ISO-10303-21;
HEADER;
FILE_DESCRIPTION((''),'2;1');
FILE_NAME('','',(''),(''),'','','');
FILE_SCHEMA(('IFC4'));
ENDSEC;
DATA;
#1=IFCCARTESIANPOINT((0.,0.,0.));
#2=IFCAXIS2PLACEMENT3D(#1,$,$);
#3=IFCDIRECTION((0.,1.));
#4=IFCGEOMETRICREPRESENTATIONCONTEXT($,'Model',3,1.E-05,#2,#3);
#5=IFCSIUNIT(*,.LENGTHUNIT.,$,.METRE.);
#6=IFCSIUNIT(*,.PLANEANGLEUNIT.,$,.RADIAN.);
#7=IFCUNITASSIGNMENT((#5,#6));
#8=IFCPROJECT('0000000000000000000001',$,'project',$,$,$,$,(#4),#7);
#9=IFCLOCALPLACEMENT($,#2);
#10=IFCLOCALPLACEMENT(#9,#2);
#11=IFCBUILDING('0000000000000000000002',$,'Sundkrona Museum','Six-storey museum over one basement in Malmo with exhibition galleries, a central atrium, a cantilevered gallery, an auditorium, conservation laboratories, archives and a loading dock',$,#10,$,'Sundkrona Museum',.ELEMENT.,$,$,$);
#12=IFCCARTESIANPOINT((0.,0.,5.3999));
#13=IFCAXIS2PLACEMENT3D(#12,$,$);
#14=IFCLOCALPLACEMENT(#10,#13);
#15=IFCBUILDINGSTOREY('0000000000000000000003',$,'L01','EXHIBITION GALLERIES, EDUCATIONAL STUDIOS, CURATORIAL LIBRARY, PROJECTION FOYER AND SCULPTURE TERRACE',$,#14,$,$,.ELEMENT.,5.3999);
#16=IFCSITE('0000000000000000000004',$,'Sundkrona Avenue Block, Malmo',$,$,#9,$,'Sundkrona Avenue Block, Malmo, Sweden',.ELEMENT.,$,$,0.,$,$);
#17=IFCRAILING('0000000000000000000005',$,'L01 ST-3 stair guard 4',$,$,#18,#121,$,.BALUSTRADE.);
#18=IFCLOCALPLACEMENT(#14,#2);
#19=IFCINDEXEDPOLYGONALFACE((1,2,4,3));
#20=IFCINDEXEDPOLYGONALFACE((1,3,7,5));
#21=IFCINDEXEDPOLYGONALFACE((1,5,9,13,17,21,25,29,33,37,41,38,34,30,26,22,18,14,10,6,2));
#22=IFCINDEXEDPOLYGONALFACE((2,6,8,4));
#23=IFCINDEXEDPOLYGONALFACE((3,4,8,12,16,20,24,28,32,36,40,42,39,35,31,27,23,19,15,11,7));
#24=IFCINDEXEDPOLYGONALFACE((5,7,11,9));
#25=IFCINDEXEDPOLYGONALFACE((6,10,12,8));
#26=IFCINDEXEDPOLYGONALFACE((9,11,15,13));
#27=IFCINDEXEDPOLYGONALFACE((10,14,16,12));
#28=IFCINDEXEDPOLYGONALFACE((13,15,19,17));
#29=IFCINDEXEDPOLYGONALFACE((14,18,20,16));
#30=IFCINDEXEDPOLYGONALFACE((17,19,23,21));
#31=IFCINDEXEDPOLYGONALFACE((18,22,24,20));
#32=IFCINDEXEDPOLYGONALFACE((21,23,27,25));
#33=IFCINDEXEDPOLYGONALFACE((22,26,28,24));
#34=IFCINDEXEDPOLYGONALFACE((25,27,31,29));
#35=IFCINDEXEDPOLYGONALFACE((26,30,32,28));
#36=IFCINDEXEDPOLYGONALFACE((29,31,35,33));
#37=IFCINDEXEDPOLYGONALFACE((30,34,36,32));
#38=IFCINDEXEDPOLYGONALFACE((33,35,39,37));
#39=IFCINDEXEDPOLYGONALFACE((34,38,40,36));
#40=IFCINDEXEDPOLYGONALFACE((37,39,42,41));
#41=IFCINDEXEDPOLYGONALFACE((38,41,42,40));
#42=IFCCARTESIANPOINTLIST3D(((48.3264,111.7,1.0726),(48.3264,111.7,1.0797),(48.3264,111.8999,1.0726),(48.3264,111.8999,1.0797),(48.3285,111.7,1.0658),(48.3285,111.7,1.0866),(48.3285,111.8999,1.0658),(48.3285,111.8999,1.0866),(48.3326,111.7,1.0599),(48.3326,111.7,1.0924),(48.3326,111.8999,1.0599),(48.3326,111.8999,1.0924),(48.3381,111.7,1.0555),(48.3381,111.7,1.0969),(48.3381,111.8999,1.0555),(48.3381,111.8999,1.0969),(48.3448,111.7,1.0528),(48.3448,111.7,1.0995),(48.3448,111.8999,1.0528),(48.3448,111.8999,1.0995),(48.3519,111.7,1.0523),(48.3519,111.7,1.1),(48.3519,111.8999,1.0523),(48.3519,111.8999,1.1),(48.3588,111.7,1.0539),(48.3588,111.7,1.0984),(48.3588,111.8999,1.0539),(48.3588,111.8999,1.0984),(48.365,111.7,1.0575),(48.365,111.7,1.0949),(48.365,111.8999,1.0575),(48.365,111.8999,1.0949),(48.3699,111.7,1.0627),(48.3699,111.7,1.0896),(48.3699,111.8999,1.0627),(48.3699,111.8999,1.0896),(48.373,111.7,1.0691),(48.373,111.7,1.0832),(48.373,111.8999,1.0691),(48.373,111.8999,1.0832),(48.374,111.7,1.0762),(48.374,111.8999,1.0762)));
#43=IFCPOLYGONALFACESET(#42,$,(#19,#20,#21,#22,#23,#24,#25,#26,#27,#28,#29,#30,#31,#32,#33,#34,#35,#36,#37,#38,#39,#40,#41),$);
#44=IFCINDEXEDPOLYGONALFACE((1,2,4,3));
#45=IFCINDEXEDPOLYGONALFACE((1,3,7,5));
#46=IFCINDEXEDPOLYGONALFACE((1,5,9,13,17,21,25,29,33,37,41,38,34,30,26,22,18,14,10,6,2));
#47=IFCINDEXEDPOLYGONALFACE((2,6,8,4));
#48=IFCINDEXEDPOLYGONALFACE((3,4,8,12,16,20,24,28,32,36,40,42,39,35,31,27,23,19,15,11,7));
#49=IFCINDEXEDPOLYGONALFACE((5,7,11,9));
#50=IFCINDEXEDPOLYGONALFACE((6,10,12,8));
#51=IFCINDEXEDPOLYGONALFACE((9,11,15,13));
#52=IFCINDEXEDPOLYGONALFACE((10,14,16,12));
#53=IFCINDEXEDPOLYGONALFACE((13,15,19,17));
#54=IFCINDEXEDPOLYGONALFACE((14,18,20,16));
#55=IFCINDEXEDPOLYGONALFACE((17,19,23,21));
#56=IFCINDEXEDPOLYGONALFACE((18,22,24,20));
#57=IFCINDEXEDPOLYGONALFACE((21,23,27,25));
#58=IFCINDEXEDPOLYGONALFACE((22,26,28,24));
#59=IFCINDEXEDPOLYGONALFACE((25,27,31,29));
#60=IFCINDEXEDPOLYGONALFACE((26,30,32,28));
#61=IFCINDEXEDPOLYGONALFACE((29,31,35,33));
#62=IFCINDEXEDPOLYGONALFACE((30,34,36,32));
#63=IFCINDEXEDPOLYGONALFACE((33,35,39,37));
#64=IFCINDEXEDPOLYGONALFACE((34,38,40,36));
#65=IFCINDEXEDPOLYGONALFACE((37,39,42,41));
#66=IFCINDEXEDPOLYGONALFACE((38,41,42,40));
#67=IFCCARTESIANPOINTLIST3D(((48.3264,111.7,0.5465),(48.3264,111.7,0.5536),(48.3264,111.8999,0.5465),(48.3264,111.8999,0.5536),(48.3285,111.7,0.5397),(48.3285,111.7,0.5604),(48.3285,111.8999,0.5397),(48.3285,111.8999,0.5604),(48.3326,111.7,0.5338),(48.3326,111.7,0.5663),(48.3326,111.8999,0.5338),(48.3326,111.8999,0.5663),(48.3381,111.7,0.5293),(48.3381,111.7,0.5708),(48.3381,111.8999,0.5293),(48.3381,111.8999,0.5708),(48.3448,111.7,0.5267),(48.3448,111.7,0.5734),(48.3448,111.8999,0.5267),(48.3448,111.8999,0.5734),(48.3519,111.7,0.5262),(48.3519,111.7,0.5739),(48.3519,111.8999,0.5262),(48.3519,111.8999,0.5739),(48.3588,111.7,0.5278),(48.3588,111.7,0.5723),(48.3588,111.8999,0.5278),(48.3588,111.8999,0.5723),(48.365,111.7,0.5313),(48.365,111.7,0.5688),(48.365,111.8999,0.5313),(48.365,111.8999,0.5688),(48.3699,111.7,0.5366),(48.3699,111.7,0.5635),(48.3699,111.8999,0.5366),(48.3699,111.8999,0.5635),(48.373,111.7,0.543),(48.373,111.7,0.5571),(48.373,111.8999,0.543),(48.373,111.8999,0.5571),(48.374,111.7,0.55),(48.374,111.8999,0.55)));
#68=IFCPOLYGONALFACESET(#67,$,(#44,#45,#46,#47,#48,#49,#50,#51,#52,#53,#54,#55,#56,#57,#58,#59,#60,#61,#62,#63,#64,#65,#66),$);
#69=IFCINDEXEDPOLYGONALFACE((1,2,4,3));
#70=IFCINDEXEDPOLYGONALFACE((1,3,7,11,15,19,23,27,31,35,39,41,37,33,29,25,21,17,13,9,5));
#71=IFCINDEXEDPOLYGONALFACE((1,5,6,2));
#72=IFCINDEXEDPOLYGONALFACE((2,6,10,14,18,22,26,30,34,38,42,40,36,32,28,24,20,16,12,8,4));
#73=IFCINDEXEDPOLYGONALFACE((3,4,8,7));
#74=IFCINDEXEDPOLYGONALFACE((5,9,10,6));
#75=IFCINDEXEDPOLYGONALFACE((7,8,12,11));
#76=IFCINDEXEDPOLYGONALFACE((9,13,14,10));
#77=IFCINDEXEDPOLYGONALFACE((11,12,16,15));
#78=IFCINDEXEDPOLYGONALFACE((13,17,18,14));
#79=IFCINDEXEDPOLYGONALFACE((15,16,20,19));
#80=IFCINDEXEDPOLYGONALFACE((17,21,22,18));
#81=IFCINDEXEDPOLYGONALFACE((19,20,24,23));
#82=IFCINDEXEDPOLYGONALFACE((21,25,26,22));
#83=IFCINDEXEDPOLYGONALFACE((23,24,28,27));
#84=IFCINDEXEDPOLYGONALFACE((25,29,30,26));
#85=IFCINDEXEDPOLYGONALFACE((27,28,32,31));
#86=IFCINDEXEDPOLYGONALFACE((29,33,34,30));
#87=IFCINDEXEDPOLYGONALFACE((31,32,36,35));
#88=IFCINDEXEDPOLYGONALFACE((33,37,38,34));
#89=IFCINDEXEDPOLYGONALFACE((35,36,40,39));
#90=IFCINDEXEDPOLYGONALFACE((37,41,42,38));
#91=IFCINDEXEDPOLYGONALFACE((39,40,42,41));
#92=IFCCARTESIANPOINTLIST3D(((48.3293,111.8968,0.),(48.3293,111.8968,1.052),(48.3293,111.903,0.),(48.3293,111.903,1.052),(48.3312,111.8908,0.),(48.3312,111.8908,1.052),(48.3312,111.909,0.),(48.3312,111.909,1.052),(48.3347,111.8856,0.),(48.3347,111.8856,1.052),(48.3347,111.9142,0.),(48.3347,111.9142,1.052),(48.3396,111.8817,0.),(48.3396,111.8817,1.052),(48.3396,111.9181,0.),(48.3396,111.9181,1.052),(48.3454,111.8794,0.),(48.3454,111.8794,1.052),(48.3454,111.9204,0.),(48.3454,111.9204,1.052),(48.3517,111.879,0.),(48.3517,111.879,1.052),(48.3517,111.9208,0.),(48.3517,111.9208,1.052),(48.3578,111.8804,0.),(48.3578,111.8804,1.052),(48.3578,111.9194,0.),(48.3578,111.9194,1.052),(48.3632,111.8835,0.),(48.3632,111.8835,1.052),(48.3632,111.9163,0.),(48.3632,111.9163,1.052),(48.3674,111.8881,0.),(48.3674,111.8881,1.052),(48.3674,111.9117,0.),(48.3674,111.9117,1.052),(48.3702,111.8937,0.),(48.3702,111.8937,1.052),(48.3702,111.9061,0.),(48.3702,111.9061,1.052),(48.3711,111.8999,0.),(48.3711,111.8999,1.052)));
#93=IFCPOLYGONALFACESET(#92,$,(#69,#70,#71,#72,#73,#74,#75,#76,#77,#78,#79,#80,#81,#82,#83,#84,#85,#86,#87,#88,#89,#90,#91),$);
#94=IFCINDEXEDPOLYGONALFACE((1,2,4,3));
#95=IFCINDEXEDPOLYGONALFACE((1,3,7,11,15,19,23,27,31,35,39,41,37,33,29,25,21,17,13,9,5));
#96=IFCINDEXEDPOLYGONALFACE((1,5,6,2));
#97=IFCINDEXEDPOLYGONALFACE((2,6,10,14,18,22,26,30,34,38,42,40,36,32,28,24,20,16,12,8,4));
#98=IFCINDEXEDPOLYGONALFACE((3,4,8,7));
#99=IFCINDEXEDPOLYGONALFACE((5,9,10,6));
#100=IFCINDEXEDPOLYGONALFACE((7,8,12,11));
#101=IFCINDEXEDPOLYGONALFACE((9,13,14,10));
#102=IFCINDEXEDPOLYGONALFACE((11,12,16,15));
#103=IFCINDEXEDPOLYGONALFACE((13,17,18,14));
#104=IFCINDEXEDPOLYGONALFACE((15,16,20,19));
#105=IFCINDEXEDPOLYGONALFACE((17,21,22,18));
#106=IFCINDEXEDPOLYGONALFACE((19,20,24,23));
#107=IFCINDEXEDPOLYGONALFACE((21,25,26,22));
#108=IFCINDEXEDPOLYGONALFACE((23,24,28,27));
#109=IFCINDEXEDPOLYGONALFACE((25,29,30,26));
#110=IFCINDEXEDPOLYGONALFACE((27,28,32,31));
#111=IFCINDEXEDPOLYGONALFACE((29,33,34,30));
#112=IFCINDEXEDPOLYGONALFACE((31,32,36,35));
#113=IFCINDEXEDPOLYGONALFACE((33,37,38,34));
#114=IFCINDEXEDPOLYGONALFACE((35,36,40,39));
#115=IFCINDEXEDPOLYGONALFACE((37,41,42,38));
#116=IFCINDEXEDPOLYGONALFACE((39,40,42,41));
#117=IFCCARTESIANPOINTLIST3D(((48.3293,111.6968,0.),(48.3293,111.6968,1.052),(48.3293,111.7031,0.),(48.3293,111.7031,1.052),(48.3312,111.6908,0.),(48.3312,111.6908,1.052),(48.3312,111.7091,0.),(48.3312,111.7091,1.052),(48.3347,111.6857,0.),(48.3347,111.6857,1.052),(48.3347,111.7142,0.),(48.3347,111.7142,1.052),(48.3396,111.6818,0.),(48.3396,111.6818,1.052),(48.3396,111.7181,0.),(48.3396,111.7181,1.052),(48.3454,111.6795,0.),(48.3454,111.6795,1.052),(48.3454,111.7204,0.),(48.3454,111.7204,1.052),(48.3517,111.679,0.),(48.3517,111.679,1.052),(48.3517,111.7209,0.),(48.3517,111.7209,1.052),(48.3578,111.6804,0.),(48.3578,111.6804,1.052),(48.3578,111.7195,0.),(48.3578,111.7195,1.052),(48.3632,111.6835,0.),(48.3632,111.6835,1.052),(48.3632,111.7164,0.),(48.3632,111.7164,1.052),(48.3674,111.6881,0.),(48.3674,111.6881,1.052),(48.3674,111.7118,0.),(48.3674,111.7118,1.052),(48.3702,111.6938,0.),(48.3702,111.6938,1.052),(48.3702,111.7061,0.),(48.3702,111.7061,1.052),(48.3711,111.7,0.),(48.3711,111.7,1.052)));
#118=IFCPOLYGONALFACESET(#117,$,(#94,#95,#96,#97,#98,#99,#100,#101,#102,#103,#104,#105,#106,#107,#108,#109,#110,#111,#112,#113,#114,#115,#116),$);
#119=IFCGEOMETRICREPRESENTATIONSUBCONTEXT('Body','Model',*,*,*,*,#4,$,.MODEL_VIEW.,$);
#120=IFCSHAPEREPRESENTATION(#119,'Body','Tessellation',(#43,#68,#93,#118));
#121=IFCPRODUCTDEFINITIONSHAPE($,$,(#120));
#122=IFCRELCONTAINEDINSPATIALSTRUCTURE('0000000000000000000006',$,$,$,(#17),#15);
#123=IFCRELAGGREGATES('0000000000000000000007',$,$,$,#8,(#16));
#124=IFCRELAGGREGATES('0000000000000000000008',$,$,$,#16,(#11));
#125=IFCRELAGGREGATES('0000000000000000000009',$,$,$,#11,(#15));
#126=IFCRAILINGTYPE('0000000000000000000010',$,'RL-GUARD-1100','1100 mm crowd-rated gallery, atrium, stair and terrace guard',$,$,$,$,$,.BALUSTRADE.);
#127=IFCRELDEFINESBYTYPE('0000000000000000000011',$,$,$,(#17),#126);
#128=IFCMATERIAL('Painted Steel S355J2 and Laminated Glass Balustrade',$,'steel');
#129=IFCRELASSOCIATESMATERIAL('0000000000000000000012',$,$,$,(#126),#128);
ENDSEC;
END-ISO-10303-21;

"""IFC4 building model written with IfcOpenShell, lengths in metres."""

from ifc_helpers import new_model, si_unit, direction, frame, origin, origin_2d, place, context, subcontext, project, spatial, circle, extrude, material, type_object, element, save


model = new_model("IFC4")

# Units and contexts
model_context = context("Model", 3, precision=1e-05, world=origin(), true_north=direction((0.0, 1.0)))
body_context = subcontext(model_context, "Body", "Model", "MODEL_VIEW")
ifc_project = project(units=[si_unit("LENGTHUNIT", "METRE"), si_unit("PLANEANGLEUNIT", "RADIAN")], contexts=[model_context])

# Site, building, storey
site_placement = place(None, origin())
site = spatial("IfcSite", under=ifc_project, at=site_placement, Name="Sundkrona Avenue Block, Malmo", LongName="Sundkrona Avenue Block, Malmo, Sweden", CompositionType="ELEMENT", RefElevation=0.0)
building_placement = place(site_placement, origin())
building = spatial("IfcBuilding", under=site, at=building_placement, Name="Sundkrona Museum", Description="Six-storey museum over one basement in Malmo with exhibition galleries, a central atrium, a cantilevered gallery, an auditorium, conservation laboratories, archives and a loading dock", LongName="Sundkrona Museum", CompositionType="ELEMENT")
storey_placement = place(building_placement, frame((0.0, 0.0, 5.3999)))
storey = spatial("IfcBuildingStorey", under=building, at=storey_placement, Name="L01", Description="EXHIBITION GALLERIES, EDUCATIONAL STUDIOS, CURATORIAL LIBRARY, PROJECTION FOYER AND SCULPTURE TERRACE", CompositionType="ELEMENT", Elevation=5.3999)

# Railing
ifc_material_1 = material(Name="Painted Steel S355J2 and Laminated Glass Balustrade", Category="steel")
railing_type = type_object("IfcRailingType", Name="RL-GUARD-1100", Description="1100 mm crowd-rated gallery, atrium, stair and terrace guard", PredefinedType="BALUSTRADE", material=ifc_material_1)
railing_1_placement = place(storey_placement, frame((48.3501, 111.8999, 0.0)))
element("IfcRailing", 1, at=railing_1_placement, inside=storey, type_object=railing_type, Name="L01 ST-3 stair guard 4", PredefinedType="BALUSTRADE", context=body_context, shape_type="SweptSolid", body=[
    extrude(circle(Radius=0.0239, at=origin_2d()), frame((0.0, 0.0, 1.0762), z_axis=(0.0, -1.0, 0.0), x_axis=(1.0, 0.0, 0.0)), (0.0, 0.0, 1.0), 0.2),
    extrude(circle(Radius=0.0239, at=origin_2d()), frame((0.0, 0.0, 0.55), z_axis=(0.0, -1.0, 0.0), x_axis=(1.0, 0.0, 0.0)), (0.0, 0.0, 1.0), 0.2),
    extrude(circle(Radius=0.021, at=origin_2d()), origin(), (0.0, 0.0, 1.0), 1.052),
    extrude(circle(Radius=0.021, at=origin_2d()), frame((0.0, -0.2, 0.0)), (0.0, 0.0, 1.0), 1.052),
])

save(model, "model.ifc")
